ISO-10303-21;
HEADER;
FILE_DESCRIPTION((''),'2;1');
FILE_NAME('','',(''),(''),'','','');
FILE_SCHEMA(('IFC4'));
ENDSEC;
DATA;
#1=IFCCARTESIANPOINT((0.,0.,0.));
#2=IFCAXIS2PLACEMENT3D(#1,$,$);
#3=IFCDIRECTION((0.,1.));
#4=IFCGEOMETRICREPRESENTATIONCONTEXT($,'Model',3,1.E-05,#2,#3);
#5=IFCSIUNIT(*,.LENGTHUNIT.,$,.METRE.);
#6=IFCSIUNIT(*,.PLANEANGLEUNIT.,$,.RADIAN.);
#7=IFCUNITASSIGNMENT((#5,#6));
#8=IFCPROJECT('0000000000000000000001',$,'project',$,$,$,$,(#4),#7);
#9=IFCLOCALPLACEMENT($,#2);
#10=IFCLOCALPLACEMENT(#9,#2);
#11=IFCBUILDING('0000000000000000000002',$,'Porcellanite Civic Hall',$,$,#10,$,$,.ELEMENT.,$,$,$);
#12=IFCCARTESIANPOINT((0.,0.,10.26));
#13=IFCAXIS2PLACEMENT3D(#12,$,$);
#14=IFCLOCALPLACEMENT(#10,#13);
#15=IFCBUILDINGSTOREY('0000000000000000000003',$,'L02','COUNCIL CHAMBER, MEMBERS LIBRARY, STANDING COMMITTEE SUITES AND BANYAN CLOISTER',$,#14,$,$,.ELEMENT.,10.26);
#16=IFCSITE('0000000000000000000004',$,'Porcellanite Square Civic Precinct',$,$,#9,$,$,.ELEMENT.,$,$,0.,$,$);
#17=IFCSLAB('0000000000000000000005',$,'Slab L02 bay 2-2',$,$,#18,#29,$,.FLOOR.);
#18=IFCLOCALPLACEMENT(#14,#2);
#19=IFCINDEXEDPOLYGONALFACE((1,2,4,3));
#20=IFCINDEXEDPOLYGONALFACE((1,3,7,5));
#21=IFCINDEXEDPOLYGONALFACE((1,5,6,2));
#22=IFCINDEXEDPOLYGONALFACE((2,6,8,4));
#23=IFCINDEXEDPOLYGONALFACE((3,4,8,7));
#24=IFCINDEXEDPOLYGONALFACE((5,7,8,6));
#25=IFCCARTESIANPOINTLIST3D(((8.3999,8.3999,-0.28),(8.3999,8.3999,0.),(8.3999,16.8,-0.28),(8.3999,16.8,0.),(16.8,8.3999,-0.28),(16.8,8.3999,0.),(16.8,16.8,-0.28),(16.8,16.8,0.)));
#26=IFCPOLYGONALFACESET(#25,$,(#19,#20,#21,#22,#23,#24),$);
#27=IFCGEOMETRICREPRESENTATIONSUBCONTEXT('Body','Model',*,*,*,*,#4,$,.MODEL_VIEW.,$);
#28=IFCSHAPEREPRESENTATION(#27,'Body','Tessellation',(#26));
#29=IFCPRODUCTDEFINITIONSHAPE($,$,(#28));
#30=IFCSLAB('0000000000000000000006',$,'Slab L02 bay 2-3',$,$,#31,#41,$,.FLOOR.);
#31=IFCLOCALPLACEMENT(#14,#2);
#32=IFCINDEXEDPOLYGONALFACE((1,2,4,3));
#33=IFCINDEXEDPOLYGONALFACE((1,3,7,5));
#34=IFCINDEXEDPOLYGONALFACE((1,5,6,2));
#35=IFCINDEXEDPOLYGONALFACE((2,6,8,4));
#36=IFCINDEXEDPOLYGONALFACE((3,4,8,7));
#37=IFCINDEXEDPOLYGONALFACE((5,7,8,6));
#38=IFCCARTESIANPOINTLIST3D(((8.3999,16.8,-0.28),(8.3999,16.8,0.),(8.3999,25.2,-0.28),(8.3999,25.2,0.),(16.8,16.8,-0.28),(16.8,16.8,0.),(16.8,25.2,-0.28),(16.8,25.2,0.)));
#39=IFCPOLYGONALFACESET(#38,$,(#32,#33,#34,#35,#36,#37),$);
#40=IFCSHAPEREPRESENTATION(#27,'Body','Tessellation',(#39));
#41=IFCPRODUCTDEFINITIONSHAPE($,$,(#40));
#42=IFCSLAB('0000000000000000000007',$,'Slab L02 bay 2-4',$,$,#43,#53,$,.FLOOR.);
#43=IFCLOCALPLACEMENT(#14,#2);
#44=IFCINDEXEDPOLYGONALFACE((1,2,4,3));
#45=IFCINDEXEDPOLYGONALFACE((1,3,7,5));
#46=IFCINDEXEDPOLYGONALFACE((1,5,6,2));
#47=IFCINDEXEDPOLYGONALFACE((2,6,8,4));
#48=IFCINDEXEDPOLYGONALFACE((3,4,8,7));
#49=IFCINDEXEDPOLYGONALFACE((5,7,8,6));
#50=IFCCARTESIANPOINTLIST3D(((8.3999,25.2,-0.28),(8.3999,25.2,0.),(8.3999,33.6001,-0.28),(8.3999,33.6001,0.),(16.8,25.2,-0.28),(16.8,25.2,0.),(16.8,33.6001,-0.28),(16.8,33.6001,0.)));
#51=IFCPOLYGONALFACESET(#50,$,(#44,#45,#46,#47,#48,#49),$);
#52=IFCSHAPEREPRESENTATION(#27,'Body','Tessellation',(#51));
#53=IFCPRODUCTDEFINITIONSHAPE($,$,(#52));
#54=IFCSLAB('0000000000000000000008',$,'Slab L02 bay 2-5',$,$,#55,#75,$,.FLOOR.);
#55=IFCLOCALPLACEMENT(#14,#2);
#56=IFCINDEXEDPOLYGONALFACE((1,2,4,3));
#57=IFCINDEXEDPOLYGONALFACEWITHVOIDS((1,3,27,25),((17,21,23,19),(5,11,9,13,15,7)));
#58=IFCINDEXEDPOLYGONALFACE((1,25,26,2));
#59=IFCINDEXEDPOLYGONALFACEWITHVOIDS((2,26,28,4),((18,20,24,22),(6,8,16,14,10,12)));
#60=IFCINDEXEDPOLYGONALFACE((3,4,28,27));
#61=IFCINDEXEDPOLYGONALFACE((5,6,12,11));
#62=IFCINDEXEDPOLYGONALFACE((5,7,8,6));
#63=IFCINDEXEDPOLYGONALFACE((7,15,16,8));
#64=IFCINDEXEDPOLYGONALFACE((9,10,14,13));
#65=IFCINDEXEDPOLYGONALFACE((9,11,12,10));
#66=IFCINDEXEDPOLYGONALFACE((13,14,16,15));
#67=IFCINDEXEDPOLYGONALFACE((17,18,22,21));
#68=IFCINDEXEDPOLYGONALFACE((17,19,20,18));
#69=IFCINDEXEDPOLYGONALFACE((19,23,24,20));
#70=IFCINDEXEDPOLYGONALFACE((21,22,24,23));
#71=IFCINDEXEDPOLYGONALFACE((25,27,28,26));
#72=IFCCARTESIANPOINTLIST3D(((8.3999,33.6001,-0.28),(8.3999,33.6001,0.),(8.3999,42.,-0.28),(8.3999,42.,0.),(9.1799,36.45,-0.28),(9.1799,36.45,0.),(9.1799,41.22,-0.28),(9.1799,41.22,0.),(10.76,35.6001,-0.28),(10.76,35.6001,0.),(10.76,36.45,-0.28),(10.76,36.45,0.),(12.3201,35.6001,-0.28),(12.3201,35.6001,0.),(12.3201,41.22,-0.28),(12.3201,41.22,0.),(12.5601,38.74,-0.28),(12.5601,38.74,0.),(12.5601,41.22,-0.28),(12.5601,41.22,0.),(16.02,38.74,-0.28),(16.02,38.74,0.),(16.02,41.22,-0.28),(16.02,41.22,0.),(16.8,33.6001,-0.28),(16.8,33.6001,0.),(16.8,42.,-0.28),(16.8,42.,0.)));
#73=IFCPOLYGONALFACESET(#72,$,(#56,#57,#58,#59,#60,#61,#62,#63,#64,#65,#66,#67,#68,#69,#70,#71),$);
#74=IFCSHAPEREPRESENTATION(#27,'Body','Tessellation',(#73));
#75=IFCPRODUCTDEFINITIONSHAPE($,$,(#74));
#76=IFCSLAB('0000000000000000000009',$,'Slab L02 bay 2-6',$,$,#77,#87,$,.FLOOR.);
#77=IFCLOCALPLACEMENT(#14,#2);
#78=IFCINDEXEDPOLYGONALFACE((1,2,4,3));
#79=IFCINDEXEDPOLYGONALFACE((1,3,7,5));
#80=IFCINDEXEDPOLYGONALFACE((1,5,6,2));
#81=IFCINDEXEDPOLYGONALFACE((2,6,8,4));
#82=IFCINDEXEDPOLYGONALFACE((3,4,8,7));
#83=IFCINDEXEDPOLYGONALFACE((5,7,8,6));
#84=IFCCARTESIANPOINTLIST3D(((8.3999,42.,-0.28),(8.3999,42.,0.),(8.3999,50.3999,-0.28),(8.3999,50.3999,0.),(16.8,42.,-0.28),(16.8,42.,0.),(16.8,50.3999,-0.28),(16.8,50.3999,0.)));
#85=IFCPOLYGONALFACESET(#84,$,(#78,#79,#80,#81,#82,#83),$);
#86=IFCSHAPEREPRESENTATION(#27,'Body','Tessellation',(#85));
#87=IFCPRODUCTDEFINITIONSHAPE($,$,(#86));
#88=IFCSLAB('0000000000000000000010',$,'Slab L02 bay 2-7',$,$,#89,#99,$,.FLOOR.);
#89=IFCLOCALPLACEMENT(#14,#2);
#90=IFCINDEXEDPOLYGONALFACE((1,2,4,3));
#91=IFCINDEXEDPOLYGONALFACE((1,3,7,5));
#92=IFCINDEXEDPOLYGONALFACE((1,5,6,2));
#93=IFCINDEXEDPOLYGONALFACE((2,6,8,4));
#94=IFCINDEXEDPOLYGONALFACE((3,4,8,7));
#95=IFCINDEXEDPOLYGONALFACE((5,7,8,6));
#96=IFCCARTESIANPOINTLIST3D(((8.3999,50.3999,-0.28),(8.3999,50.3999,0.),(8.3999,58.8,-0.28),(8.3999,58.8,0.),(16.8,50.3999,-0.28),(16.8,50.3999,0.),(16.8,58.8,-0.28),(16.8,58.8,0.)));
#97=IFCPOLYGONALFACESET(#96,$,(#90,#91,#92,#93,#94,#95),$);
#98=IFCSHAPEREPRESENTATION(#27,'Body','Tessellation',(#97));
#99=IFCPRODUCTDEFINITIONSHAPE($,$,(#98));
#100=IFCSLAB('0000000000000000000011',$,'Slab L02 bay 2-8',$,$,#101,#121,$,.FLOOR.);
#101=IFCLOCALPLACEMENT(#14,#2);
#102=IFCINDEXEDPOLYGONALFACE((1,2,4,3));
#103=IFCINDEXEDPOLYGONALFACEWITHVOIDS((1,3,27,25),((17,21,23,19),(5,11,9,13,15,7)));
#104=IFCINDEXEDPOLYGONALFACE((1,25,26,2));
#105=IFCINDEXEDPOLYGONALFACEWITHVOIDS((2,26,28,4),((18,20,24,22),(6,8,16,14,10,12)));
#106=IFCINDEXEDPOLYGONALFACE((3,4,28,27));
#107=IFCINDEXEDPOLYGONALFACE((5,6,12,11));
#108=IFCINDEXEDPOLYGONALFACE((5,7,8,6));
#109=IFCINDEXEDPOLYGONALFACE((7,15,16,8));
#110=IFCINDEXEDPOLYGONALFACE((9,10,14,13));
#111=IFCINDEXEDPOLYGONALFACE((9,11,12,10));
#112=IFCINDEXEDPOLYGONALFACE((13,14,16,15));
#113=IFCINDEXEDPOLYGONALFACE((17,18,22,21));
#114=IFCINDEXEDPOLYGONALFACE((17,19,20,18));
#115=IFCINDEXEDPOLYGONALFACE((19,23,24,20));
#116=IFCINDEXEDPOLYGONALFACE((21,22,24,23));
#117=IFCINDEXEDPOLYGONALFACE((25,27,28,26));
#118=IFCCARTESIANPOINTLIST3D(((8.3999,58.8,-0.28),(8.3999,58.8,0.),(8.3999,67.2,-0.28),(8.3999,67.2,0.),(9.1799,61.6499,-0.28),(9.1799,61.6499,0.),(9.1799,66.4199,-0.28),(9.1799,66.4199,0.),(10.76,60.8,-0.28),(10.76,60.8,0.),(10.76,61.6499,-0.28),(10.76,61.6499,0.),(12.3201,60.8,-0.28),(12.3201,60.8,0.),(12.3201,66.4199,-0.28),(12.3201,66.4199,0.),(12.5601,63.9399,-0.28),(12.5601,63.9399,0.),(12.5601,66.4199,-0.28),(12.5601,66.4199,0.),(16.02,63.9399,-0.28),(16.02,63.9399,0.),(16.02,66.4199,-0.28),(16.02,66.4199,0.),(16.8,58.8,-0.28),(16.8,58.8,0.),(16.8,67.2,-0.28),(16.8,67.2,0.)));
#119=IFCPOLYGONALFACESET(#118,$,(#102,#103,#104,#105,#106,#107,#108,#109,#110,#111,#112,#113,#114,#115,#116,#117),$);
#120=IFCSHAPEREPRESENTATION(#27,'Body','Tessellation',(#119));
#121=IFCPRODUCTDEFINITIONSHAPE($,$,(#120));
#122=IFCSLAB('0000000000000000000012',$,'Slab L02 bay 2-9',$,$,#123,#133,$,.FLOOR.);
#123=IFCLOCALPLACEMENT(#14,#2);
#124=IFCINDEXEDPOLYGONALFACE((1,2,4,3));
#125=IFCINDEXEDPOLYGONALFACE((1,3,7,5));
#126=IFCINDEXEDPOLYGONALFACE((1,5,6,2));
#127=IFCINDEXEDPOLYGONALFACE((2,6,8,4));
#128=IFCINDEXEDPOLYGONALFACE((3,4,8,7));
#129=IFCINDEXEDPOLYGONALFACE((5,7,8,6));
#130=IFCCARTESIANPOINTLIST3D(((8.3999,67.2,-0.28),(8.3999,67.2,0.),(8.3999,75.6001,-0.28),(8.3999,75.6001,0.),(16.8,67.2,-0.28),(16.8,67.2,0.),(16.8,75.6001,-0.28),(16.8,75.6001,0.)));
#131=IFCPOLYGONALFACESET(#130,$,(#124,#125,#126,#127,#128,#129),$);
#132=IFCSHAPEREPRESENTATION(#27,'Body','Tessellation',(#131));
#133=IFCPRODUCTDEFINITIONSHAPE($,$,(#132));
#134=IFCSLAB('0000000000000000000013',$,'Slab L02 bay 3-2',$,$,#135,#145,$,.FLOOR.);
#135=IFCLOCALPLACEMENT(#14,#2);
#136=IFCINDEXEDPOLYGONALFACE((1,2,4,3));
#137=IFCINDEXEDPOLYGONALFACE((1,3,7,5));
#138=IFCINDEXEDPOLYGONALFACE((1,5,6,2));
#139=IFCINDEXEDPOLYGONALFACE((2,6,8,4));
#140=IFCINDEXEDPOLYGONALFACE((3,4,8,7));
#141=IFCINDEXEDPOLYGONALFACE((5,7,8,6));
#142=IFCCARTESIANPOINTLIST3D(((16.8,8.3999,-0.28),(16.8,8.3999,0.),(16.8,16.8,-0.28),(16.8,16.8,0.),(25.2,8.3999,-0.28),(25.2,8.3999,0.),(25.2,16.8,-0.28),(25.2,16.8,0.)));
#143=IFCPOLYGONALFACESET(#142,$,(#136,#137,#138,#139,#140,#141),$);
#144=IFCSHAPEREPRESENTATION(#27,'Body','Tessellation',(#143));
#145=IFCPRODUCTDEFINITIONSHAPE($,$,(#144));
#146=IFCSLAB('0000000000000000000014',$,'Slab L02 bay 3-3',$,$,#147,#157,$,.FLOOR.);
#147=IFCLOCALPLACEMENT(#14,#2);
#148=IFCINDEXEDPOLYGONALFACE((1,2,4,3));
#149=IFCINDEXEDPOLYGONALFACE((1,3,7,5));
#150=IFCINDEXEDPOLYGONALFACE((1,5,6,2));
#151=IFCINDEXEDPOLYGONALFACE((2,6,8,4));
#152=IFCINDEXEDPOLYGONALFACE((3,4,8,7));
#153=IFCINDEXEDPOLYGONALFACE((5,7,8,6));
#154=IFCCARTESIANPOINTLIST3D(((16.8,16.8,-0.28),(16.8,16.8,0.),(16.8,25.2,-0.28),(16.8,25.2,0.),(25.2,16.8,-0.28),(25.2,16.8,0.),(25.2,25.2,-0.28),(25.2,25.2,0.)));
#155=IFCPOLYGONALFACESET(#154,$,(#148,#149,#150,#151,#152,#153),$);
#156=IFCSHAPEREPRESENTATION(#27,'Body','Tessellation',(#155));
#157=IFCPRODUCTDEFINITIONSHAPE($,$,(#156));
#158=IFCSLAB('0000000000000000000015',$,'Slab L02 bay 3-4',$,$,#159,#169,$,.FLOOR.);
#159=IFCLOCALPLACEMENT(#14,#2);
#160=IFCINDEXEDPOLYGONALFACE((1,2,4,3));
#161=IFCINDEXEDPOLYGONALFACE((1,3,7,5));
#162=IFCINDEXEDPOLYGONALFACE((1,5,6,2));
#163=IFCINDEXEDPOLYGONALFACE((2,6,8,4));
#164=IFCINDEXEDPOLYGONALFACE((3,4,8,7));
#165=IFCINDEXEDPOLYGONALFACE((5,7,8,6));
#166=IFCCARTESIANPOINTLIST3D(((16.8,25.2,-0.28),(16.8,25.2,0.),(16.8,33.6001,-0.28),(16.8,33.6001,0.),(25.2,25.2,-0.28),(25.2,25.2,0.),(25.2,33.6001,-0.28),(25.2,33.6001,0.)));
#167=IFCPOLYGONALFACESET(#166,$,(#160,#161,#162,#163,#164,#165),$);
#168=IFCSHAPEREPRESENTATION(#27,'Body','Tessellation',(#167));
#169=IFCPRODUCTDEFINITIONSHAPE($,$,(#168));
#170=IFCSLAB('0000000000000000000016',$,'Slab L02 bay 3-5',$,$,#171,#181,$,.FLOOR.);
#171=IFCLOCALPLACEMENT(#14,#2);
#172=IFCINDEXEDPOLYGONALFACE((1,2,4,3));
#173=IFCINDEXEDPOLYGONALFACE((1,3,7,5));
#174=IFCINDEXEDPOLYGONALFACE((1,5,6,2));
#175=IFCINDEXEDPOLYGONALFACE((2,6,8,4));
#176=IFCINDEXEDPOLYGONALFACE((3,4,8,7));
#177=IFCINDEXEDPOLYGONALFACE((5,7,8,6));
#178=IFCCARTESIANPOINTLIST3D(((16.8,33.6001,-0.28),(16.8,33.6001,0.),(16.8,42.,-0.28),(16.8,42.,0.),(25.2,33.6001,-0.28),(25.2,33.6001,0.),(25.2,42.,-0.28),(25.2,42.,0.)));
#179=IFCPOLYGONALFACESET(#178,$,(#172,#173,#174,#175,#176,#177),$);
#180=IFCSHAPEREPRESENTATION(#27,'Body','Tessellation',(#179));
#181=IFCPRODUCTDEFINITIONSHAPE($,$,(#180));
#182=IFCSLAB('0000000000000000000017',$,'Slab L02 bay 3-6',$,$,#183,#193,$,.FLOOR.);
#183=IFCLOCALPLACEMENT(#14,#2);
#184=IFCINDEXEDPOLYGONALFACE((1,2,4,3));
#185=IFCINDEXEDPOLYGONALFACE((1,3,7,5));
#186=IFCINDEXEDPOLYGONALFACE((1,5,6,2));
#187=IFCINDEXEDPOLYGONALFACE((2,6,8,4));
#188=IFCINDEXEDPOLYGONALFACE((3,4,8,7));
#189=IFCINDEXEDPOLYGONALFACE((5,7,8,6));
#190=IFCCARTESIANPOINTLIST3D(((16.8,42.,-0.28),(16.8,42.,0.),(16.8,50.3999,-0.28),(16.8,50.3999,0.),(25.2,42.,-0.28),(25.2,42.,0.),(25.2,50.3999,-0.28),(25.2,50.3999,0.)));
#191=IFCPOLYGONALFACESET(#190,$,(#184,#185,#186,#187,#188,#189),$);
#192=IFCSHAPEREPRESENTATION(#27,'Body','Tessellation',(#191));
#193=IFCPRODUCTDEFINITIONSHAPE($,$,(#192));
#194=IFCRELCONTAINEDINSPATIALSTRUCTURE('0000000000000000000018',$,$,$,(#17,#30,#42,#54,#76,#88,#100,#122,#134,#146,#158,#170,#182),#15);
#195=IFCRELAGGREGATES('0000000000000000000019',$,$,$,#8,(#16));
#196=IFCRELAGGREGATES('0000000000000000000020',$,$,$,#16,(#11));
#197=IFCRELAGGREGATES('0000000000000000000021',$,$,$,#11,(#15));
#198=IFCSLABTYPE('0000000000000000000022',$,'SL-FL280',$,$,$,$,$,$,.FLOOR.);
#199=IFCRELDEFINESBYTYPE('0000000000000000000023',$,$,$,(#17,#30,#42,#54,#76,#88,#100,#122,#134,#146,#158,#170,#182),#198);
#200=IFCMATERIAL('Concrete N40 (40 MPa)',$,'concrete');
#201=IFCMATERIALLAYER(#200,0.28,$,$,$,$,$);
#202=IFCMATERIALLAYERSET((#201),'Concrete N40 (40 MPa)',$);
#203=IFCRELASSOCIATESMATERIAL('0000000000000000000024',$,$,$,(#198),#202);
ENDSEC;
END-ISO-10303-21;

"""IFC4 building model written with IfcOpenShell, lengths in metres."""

from ifc_helpers import new_model, si_unit, direction, frame, origin, place, context, subcontext, project, spatial, polyline, outline, extrude, material, layer, layer_set, type_object, element, save


model = new_model("IFC4")

# Units and contexts
model_context = context("Model", 3, precision=1e-05, world=origin(), true_north=direction((0.0, 1.0)))
body_context = subcontext(model_context, "Body", "Model", "MODEL_VIEW")
ifc_project = project(units=[si_unit("LENGTHUNIT", "METRE"), si_unit("PLANEANGLEUNIT", "RADIAN")], contexts=[model_context])

# Site, building, storey
site_placement = place(None, origin())
site = spatial("IfcSite", under=ifc_project, at=site_placement, Name="Porcellanite Square Civic Precinct", CompositionType="ELEMENT", RefElevation=0.0)
building_placement = place(site_placement, origin())
building = spatial("IfcBuilding", under=site, at=building_placement, Name="Porcellanite Civic Hall", CompositionType="ELEMENT")
storey_placement = place(building_placement, frame((0.0, 0.0, 10.26)))
storey = spatial("IfcBuildingStorey", under=building, at=storey_placement, Name="L02", Description="COUNCIL CHAMBER, MEMBERS LIBRARY, STANDING COMMITTEE SUITES AND BANYAN CLOISTER", CompositionType="ELEMENT", Elevation=10.26)

# Slabs
ifc_material_1 = material(Name="Concrete N40 (40 MPa)", Category="concrete")
ifc_layer_1 = layer(ifc_material_1, 0.28)
ifc_layer_set_1 = layer_set([ifc_layer_1], Name="Concrete N40 (40 MPa)")
slab_type_1 = type_object("IfcSlabType", Name="SL-FL280", PredefinedType="FLOOR", material=ifc_layer_set_1)
slab_1_placement = place(storey_placement, frame((0.0, 0.0, -0.28)))
element("IfcSlab", 1, at=slab_1_placement, inside=storey, type_object=slab_type_1, Name="Slab L02 bay 2-2", PredefinedType="FLOOR", context=body_context, shape_type="SweptSolid", body=[
    extrude(outline(polyline([(8.3999, 8.3999), (16.8, 8.3999), (16.8, 16.8), (8.3999, 16.8), (8.3999, 8.3999)])), origin(), (0.0, 0.0, 1.0), 0.28),
])
slab_2_placement = place(storey_placement, frame((0.0, 0.0, -0.28)))
element("IfcSlab", 2, at=slab_2_placement, inside=storey, type_object=slab_type_1, Name="Slab L02 bay 2-3", PredefinedType="FLOOR", context=body_context, shape_type="SweptSolid", body=[
    extrude(outline(polyline([(8.3999, 16.8), (16.8, 16.8), (16.8, 25.2), (8.3999, 25.2), (8.3999, 16.8)])), origin(), (0.0, 0.0, 1.0), 0.28),
])
slab_3_placement = place(storey_placement, frame((0.0, 0.0, -0.28)))
element("IfcSlab", 3, at=slab_3_placement, inside=storey, type_object=slab_type_1, Name="Slab L02 bay 2-4", PredefinedType="FLOOR", context=body_context, shape_type="SweptSolid", body=[
    extrude(outline(polyline([(8.3999, 25.2), (16.8, 25.2), (16.8, 33.6001), (8.3999, 33.6001), (8.3999, 25.2)])), origin(), (0.0, 0.0, 1.0), 0.28),
])
slab_4_placement = place(storey_placement, frame((0.0, 0.0, -0.28)))
element("IfcSlab", 4, at=slab_4_placement, inside=storey, type_object=slab_type_1, Name="Slab L02 bay 2-5", PredefinedType="FLOOR", context=body_context, shape_type="SweptSolid", body=[
    extrude(outline(polyline([(8.3999, 33.6001), (16.8, 33.6001), (16.8, 42.0), (8.3999, 42.0), (8.3999, 33.6001)]), holes=[polyline([(9.1799, 36.45), (10.76, 36.45), (10.76, 35.6001), (12.3201, 35.6001), (12.3201, 41.22), (9.1799, 41.22), (9.1799, 36.45)]), polyline([(12.5601, 38.74), (16.02, 38.74), (16.02, 41.22), (12.5601, 41.22), (12.5601, 38.74)])]), origin(), (0.0, 0.0, 1.0), 0.28),
])
slab_5_placement = place(storey_placement, frame((0.0, 0.0, -0.28)))
element("IfcSlab", 5, at=slab_5_placement, inside=storey, type_object=slab_type_1, Name="Slab L02 bay 2-6", PredefinedType="FLOOR", context=body_context, shape_type="SweptSolid", body=[
    extrude(outline(polyline([(8.3999, 42.0), (16.8, 42.0), (16.8, 50.3999), (8.3999, 50.3999), (8.3999, 42.0)])), origin(), (0.0, 0.0, 1.0), 0.28),
])
slab_6_placement = place(storey_placement, frame((0.0, 0.0, -0.28)))
element("IfcSlab", 6, at=slab_6_placement, inside=storey, type_object=slab_type_1, Name="Slab L02 bay 2-7", PredefinedType="FLOOR", context=body_context, shape_type="SweptSolid", body=[
    extrude(outline(polyline([(8.3999, 50.3999), (16.8, 50.3999), (16.8, 58.8), (8.3999, 58.8), (8.3999, 50.3999)])), origin(), (0.0, 0.0, 1.0), 0.28),
])
slab_7_placement = place(storey_placement, frame((0.0, 0.0, -0.28)))
element("IfcSlab", 7, at=slab_7_placement, inside=storey, type_object=slab_type_1, Name="Slab L02 bay 2-8", PredefinedType="FLOOR", context=body_context, shape_type="SweptSolid", body=[
    extrude(outline(polyline([(8.3999, 58.8), (16.8, 58.8), (16.8, 67.2), (8.3999, 67.2), (8.3999, 58.8)]), holes=[polyline([(9.1799, 61.6499), (10.76, 61.6499), (10.76, 60.8), (12.3201, 60.8), (12.3201, 66.4199), (9.1799, 66.4199), (9.1799, 61.6499)]), polyline([(12.5601, 63.9399), (16.02, 63.9399), (16.02, 66.4199), (12.5601, 66.4199), (12.5601, 63.9399)])]), origin(), (0.0, 0.0, 1.0), 0.28),
])
slab_8_placement = place(storey_placement, frame((0.0, 0.0, -0.28)))
element("IfcSlab", 8, at=slab_8_placement, inside=storey, type_object=slab_type_1, Name="Slab L02 bay 2-9", PredefinedType="FLOOR", context=body_context, shape_type="SweptSolid", body=[
    extrude(outline(polyline([(8.3999, 67.2), (16.8, 67.2), (16.8, 75.6001), (8.3999, 75.6001), (8.3999, 67.2)])), origin(), (0.0, 0.0, 1.0), 0.28),
])
slab_9_placement = place(storey_placement, frame((0.0, 0.0, -0.28)))
element("IfcSlab", 9, at=slab_9_placement, inside=storey, type_object=slab_type_1, Name="Slab L02 bay 3-2", PredefinedType="FLOOR", context=body_context, shape_type="SweptSolid", body=[
    extrude(outline(polyline([(16.8, 8.3999), (25.2, 8.3999), (25.2, 16.8), (16.8, 16.8), (16.8, 8.3999)])), origin(), (0.0, 0.0, 1.0), 0.28),
])
slab_10_placement = place(storey_placement, frame((0.0, 0.0, -0.28)))
element("IfcSlab", 10, at=slab_10_placement, inside=storey, type_object=slab_type_1, Name="Slab L02 bay 3-3", PredefinedType="FLOOR", context=body_context, shape_type="SweptSolid", body=[
    extrude(outline(polyline([(16.8, 16.8), (25.2, 16.8), (25.2, 25.2), (16.8, 25.2), (16.8, 16.8)])), origin(), (0.0, 0.0, 1.0), 0.28),
])
slab_11_placement = place(storey_placement, frame((0.0, 0.0, -0.28)))
element("IfcSlab", 11, at=slab_11_placement, inside=storey, type_object=slab_type_1, Name="Slab L02 bay 3-4", PredefinedType="FLOOR", context=body_context, shape_type="SweptSolid", body=[
    extrude(outline(polyline([(16.8, 25.2), (25.2, 25.2), (25.2, 33.6001), (16.8, 33.6001), (16.8, 25.2)])), origin(), (0.0, 0.0, 1.0), 0.28),
])
slab_12_placement = place(storey_placement, frame((0.0, 0.0, -0.28)))
element("IfcSlab", 12, at=slab_12_placement, inside=storey, type_object=slab_type_1, Name="Slab L02 bay 3-5", PredefinedType="FLOOR", context=body_context, shape_type="SweptSolid", body=[
    extrude(outline(polyline([(16.8, 33.6001), (25.2, 33.6001), (25.2, 42.0), (16.8, 42.0), (16.8, 33.6001)])), origin(), (0.0, 0.0, 1.0), 0.28),
])
slab_13_placement = place(storey_placement, frame((0.0, 0.0, -0.28)))
element("IfcSlab", 13, at=slab_13_placement, inside=storey, type_object=slab_type_1, Name="Slab L02 bay 3-6", PredefinedType="FLOOR", context=body_context, shape_type="SweptSolid", body=[
    extrude(outline(polyline([(16.8, 42.0), (25.2, 42.0), (25.2, 50.3999), (16.8, 50.3999), (16.8, 42.0)])), origin(), (0.0, 0.0, 1.0), 0.28),
])

save(model, "model.ifc")
